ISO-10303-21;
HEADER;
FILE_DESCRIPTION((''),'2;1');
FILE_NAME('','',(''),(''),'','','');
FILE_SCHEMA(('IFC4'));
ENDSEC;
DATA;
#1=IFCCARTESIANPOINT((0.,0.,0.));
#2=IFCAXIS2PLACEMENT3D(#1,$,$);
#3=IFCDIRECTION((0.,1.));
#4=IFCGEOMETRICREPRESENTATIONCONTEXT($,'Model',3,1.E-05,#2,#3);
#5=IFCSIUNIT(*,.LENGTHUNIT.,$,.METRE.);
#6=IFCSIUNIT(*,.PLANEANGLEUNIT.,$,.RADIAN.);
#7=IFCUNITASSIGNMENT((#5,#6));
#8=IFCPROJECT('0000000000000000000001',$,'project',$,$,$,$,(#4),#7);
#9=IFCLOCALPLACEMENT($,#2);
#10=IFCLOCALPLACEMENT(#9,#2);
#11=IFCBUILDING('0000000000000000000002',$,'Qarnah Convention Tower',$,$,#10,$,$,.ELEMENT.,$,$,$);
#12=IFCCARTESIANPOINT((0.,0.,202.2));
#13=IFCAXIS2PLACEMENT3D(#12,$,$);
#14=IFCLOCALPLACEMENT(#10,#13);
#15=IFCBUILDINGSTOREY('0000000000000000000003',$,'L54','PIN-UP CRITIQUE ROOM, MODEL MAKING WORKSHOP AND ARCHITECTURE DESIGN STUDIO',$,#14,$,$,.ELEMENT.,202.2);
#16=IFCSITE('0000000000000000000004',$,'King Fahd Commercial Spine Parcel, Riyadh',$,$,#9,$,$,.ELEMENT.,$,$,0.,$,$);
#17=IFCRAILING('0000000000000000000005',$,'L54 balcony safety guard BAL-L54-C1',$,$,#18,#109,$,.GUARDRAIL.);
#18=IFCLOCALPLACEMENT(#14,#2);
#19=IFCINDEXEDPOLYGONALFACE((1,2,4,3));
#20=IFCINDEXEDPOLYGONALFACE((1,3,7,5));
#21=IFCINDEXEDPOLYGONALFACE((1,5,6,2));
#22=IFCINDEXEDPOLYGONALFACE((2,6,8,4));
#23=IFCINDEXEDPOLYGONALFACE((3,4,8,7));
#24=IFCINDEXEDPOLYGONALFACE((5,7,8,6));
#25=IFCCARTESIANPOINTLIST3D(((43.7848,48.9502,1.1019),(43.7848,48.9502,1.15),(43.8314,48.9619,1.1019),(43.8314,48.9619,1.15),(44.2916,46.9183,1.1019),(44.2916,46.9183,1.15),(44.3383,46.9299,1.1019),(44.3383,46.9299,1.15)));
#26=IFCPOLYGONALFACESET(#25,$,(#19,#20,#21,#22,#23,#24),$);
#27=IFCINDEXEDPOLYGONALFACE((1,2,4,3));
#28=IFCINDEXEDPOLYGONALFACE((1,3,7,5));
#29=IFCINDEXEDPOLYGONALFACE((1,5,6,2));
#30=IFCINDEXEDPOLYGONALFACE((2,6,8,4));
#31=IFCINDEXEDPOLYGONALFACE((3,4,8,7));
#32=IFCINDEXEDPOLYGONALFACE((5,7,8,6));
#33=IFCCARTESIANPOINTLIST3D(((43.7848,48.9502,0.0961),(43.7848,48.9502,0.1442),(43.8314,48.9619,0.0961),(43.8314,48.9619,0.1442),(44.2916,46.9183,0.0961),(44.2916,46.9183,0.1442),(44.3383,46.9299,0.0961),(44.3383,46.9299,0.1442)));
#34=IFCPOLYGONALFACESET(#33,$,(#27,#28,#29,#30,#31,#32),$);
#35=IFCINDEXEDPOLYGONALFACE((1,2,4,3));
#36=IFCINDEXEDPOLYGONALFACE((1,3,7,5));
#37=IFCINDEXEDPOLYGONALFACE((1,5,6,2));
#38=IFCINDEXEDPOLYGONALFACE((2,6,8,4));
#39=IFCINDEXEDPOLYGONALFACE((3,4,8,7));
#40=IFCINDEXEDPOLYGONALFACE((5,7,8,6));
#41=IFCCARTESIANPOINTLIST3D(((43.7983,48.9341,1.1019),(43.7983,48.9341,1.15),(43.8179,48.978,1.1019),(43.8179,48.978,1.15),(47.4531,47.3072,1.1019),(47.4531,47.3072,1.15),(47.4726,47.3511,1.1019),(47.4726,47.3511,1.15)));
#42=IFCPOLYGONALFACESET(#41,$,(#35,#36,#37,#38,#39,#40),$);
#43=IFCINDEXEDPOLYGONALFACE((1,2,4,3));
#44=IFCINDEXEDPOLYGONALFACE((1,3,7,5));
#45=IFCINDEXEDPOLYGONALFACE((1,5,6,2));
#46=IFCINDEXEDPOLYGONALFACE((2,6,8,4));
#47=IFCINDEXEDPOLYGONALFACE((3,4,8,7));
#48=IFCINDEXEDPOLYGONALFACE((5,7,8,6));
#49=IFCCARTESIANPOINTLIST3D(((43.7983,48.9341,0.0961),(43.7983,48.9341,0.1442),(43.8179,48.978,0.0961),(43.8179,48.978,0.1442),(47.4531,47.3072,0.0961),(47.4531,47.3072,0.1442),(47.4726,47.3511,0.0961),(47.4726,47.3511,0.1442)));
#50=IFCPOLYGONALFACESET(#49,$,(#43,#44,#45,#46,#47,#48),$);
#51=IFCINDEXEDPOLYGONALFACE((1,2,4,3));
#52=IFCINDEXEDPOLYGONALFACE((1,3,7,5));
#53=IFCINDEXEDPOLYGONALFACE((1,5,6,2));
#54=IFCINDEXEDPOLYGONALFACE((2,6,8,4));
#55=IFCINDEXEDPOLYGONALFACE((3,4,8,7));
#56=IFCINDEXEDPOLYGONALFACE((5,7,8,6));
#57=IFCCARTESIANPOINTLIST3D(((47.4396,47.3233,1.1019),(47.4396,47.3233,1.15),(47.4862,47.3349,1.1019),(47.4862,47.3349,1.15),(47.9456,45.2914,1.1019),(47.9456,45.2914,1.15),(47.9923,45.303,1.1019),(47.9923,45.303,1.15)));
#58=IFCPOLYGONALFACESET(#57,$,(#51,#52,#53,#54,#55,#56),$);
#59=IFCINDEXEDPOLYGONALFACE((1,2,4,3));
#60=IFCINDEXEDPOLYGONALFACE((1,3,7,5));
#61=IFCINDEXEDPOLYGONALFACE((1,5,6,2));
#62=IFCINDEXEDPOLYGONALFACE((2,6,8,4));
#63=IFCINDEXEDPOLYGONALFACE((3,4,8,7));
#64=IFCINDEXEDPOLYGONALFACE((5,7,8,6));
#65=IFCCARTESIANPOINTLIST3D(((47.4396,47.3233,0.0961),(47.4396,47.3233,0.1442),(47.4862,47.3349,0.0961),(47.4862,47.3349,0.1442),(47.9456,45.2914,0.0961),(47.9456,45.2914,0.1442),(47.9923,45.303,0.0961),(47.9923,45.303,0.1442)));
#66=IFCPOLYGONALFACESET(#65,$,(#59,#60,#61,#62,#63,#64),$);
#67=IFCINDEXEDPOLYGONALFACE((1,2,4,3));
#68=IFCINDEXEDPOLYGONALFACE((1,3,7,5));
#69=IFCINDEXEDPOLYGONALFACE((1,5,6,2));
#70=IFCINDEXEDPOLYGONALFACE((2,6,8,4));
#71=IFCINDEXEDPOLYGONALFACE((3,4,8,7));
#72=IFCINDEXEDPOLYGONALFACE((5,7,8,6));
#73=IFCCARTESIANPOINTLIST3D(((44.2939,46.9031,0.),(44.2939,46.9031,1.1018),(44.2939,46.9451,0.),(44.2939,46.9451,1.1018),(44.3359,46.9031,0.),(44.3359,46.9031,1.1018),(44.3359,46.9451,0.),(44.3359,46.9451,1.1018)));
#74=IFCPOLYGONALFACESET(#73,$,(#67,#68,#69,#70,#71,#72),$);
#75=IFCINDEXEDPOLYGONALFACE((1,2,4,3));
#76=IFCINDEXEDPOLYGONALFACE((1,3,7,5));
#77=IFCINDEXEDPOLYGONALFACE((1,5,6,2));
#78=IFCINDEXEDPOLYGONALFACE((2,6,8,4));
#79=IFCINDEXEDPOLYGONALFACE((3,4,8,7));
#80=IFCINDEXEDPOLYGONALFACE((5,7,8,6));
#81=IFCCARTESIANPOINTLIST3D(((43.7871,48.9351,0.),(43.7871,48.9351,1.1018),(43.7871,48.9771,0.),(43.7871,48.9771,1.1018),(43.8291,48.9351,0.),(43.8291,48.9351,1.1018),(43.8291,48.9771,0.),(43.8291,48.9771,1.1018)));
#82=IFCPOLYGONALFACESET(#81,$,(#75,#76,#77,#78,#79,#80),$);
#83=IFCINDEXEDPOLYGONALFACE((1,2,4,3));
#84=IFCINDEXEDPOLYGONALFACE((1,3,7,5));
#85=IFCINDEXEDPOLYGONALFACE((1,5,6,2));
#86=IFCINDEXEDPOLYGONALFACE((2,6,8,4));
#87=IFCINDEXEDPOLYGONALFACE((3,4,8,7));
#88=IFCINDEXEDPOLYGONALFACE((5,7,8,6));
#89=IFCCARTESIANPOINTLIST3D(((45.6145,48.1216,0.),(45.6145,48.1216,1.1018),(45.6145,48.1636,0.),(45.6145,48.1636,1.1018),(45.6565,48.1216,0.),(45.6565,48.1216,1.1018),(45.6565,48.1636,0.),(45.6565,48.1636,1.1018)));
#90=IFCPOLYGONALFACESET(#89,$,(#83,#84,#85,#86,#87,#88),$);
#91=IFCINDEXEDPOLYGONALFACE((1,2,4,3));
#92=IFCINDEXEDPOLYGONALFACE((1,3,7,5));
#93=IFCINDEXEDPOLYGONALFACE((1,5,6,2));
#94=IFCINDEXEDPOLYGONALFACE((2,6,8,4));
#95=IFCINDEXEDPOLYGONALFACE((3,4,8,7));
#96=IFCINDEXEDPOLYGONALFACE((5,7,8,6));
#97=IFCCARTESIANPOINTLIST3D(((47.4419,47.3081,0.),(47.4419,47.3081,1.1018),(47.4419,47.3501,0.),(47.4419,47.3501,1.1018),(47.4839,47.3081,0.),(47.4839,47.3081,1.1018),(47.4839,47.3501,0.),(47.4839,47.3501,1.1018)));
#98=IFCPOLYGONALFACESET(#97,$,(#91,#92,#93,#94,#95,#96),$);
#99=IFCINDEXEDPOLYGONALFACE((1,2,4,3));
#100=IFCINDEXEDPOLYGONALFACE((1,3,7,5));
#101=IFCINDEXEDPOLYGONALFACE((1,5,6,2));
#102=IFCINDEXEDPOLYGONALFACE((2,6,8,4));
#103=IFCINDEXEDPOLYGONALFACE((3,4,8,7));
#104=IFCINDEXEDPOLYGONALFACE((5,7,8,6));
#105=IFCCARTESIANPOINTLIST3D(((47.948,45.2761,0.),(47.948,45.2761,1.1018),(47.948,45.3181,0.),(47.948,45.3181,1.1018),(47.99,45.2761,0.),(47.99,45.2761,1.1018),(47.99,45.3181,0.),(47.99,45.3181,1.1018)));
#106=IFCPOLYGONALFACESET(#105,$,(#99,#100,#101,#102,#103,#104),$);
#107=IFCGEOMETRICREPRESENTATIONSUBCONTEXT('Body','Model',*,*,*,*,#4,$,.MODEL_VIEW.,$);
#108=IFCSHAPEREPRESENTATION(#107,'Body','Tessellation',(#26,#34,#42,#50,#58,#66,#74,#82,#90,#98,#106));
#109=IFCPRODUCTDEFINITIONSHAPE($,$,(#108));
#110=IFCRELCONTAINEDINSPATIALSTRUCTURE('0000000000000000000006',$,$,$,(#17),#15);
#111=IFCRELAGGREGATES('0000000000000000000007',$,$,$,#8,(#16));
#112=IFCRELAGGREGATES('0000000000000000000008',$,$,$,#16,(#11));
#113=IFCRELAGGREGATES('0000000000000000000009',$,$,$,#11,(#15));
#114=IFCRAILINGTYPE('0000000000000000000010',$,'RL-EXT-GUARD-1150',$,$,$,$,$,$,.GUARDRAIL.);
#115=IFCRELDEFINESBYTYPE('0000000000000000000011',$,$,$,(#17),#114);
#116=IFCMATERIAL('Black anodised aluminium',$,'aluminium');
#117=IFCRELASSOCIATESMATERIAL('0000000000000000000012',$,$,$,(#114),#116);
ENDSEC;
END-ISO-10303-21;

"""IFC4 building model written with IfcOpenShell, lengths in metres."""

from ifc_helpers import new_model, si_unit, direction, frame, origin, origin_2d, place, context, subcontext, project, spatial, rectangle, extrude, material, type_object, element, save


model = new_model("IFC4")

# Units and contexts
model_context = context("Model", 3, precision=1e-05, world=origin(), true_north=direction((0.0, 1.0)))
body_context = subcontext(model_context, "Body", "Model", "MODEL_VIEW")
ifc_project = project(units=[si_unit("LENGTHUNIT", "METRE"), si_unit("PLANEANGLEUNIT", "RADIAN")], contexts=[model_context])

# Site, building, storey
site_placement = place(None, origin())
site = spatial("IfcSite", under=ifc_project, at=site_placement, Name="King Fahd Commercial Spine Parcel, Riyadh", CompositionType="ELEMENT", RefElevation=0.0)
building_placement = place(site_placement, origin())
building = spatial("IfcBuilding", under=site, at=building_placement, Name="Qarnah Convention Tower", CompositionType="ELEMENT")
storey_placement = place(building_placement, frame((0.0, 0.0, 202.2)))
storey = spatial("IfcBuildingStorey", under=building, at=storey_placement, Name="L54", Description="PIN-UP CRITIQUE ROOM, MODEL MAKING WORKSHOP AND ARCHITECTURE DESIGN STUDIO", CompositionType="ELEMENT", Elevation=202.2)

# Shared definitions
ifc_material_1 = material(Name="Black anodised aluminium", Category="aluminium")

# Railing
railing_type = type_object("IfcRailingType", Name="RL-EXT-GUARD-1150", PredefinedType="GUARDRAIL", material=ifc_material_1)
railing_1_placement = place(storey_placement, frame((44.3149, 46.9241, 0.0)))
element("IfcRailing", 1, at=railing_1_placement, inside=storey, type_object=railing_type, Name="L54 balcony safety guard BAL-L54-C1", PredefinedType="GUARDRAIL", context=body_context, shape_type="SweptSolid", body=[
    extrude(rectangle(XDim=0.0481, YDim=0.0481, at=origin_2d()), frame((0.0, 0.0, 1.126), z_axis=(-0.242014, 0.970273, 0.0), x_axis=(-0.970273, -0.242014, 0.0)), (0.0, 0.0, 1.0), 2.0942),
    extrude(rectangle(XDim=0.0481, YDim=0.0481, at=origin_2d()), frame((0.0, 0.0, 0.1201), z_axis=(-0.242014, 0.970273, 0.0), x_axis=(-0.970273, -0.242014, 0.0)), (0.0, 0.0, 1.0), 2.0942),
    extrude(rectangle(XDim=0.0481, YDim=0.0481, at=origin_2d()), frame((-0.5068, 2.032, 1.126), z_axis=(0.91357, -0.406682, 0.0), x_axis=(0.406682, 0.91357, 0.0)), (0.0, 0.0, 1.0), 4.0005),
    extrude(rectangle(XDim=0.0481, YDim=0.0481, at=origin_2d()), frame((-0.5068, 2.032, 0.1201), z_axis=(0.91357, -0.406682, 0.0), x_axis=(0.406682, 0.91357, 0.0)), (0.0, 0.0, 1.0), 4.0005),
    extrude(rectangle(XDim=0.0481, YDim=0.0481, at=origin_2d()), frame((3.1479, 0.405, 1.126), z_axis=(0.241685, -0.970355, 0.0), x_axis=(0.970355, 0.241685, 0.0)), (0.0, 0.0, 1.0), 2.094),
    extrude(rectangle(XDim=0.0481, YDim=0.0481, at=origin_2d()), frame((3.1479, 0.405, 0.1201), z_axis=(0.241685, -0.970355, 0.0), x_axis=(0.970355, 0.241685, 0.0)), (0.0, 0.0, 1.0), 2.094),
    extrude(rectangle(XDim=0.042, YDim=0.042, at=origin_2d()), origin(), (0.0, 0.0, 1.0), 1.1018),
    extrude(rectangle(XDim=0.042, YDim=0.042, at=origin_2d()), frame((-0.5068, 2.032, 0.0)), (0.0, 0.0, 1.0), 1.1018),
    extrude(rectangle(XDim=0.042, YDim=0.042, at=origin_2d()), frame((1.3206, 1.2185, 0.0)), (0.0, 0.0, 1.0), 1.1018),
    extrude(rectangle(XDim=0.042, YDim=0.042, at=origin_2d()), frame((3.1479, 0.405, 0.0)), (0.0, 0.0, 1.0), 1.1018),
    extrude(rectangle(XDim=0.042, YDim=0.042, at=origin_2d()), frame((3.6541, -1.627, 0.0)), (0.0, 0.0, 1.0), 1.1018),
])

save(model, "model.ifc")
